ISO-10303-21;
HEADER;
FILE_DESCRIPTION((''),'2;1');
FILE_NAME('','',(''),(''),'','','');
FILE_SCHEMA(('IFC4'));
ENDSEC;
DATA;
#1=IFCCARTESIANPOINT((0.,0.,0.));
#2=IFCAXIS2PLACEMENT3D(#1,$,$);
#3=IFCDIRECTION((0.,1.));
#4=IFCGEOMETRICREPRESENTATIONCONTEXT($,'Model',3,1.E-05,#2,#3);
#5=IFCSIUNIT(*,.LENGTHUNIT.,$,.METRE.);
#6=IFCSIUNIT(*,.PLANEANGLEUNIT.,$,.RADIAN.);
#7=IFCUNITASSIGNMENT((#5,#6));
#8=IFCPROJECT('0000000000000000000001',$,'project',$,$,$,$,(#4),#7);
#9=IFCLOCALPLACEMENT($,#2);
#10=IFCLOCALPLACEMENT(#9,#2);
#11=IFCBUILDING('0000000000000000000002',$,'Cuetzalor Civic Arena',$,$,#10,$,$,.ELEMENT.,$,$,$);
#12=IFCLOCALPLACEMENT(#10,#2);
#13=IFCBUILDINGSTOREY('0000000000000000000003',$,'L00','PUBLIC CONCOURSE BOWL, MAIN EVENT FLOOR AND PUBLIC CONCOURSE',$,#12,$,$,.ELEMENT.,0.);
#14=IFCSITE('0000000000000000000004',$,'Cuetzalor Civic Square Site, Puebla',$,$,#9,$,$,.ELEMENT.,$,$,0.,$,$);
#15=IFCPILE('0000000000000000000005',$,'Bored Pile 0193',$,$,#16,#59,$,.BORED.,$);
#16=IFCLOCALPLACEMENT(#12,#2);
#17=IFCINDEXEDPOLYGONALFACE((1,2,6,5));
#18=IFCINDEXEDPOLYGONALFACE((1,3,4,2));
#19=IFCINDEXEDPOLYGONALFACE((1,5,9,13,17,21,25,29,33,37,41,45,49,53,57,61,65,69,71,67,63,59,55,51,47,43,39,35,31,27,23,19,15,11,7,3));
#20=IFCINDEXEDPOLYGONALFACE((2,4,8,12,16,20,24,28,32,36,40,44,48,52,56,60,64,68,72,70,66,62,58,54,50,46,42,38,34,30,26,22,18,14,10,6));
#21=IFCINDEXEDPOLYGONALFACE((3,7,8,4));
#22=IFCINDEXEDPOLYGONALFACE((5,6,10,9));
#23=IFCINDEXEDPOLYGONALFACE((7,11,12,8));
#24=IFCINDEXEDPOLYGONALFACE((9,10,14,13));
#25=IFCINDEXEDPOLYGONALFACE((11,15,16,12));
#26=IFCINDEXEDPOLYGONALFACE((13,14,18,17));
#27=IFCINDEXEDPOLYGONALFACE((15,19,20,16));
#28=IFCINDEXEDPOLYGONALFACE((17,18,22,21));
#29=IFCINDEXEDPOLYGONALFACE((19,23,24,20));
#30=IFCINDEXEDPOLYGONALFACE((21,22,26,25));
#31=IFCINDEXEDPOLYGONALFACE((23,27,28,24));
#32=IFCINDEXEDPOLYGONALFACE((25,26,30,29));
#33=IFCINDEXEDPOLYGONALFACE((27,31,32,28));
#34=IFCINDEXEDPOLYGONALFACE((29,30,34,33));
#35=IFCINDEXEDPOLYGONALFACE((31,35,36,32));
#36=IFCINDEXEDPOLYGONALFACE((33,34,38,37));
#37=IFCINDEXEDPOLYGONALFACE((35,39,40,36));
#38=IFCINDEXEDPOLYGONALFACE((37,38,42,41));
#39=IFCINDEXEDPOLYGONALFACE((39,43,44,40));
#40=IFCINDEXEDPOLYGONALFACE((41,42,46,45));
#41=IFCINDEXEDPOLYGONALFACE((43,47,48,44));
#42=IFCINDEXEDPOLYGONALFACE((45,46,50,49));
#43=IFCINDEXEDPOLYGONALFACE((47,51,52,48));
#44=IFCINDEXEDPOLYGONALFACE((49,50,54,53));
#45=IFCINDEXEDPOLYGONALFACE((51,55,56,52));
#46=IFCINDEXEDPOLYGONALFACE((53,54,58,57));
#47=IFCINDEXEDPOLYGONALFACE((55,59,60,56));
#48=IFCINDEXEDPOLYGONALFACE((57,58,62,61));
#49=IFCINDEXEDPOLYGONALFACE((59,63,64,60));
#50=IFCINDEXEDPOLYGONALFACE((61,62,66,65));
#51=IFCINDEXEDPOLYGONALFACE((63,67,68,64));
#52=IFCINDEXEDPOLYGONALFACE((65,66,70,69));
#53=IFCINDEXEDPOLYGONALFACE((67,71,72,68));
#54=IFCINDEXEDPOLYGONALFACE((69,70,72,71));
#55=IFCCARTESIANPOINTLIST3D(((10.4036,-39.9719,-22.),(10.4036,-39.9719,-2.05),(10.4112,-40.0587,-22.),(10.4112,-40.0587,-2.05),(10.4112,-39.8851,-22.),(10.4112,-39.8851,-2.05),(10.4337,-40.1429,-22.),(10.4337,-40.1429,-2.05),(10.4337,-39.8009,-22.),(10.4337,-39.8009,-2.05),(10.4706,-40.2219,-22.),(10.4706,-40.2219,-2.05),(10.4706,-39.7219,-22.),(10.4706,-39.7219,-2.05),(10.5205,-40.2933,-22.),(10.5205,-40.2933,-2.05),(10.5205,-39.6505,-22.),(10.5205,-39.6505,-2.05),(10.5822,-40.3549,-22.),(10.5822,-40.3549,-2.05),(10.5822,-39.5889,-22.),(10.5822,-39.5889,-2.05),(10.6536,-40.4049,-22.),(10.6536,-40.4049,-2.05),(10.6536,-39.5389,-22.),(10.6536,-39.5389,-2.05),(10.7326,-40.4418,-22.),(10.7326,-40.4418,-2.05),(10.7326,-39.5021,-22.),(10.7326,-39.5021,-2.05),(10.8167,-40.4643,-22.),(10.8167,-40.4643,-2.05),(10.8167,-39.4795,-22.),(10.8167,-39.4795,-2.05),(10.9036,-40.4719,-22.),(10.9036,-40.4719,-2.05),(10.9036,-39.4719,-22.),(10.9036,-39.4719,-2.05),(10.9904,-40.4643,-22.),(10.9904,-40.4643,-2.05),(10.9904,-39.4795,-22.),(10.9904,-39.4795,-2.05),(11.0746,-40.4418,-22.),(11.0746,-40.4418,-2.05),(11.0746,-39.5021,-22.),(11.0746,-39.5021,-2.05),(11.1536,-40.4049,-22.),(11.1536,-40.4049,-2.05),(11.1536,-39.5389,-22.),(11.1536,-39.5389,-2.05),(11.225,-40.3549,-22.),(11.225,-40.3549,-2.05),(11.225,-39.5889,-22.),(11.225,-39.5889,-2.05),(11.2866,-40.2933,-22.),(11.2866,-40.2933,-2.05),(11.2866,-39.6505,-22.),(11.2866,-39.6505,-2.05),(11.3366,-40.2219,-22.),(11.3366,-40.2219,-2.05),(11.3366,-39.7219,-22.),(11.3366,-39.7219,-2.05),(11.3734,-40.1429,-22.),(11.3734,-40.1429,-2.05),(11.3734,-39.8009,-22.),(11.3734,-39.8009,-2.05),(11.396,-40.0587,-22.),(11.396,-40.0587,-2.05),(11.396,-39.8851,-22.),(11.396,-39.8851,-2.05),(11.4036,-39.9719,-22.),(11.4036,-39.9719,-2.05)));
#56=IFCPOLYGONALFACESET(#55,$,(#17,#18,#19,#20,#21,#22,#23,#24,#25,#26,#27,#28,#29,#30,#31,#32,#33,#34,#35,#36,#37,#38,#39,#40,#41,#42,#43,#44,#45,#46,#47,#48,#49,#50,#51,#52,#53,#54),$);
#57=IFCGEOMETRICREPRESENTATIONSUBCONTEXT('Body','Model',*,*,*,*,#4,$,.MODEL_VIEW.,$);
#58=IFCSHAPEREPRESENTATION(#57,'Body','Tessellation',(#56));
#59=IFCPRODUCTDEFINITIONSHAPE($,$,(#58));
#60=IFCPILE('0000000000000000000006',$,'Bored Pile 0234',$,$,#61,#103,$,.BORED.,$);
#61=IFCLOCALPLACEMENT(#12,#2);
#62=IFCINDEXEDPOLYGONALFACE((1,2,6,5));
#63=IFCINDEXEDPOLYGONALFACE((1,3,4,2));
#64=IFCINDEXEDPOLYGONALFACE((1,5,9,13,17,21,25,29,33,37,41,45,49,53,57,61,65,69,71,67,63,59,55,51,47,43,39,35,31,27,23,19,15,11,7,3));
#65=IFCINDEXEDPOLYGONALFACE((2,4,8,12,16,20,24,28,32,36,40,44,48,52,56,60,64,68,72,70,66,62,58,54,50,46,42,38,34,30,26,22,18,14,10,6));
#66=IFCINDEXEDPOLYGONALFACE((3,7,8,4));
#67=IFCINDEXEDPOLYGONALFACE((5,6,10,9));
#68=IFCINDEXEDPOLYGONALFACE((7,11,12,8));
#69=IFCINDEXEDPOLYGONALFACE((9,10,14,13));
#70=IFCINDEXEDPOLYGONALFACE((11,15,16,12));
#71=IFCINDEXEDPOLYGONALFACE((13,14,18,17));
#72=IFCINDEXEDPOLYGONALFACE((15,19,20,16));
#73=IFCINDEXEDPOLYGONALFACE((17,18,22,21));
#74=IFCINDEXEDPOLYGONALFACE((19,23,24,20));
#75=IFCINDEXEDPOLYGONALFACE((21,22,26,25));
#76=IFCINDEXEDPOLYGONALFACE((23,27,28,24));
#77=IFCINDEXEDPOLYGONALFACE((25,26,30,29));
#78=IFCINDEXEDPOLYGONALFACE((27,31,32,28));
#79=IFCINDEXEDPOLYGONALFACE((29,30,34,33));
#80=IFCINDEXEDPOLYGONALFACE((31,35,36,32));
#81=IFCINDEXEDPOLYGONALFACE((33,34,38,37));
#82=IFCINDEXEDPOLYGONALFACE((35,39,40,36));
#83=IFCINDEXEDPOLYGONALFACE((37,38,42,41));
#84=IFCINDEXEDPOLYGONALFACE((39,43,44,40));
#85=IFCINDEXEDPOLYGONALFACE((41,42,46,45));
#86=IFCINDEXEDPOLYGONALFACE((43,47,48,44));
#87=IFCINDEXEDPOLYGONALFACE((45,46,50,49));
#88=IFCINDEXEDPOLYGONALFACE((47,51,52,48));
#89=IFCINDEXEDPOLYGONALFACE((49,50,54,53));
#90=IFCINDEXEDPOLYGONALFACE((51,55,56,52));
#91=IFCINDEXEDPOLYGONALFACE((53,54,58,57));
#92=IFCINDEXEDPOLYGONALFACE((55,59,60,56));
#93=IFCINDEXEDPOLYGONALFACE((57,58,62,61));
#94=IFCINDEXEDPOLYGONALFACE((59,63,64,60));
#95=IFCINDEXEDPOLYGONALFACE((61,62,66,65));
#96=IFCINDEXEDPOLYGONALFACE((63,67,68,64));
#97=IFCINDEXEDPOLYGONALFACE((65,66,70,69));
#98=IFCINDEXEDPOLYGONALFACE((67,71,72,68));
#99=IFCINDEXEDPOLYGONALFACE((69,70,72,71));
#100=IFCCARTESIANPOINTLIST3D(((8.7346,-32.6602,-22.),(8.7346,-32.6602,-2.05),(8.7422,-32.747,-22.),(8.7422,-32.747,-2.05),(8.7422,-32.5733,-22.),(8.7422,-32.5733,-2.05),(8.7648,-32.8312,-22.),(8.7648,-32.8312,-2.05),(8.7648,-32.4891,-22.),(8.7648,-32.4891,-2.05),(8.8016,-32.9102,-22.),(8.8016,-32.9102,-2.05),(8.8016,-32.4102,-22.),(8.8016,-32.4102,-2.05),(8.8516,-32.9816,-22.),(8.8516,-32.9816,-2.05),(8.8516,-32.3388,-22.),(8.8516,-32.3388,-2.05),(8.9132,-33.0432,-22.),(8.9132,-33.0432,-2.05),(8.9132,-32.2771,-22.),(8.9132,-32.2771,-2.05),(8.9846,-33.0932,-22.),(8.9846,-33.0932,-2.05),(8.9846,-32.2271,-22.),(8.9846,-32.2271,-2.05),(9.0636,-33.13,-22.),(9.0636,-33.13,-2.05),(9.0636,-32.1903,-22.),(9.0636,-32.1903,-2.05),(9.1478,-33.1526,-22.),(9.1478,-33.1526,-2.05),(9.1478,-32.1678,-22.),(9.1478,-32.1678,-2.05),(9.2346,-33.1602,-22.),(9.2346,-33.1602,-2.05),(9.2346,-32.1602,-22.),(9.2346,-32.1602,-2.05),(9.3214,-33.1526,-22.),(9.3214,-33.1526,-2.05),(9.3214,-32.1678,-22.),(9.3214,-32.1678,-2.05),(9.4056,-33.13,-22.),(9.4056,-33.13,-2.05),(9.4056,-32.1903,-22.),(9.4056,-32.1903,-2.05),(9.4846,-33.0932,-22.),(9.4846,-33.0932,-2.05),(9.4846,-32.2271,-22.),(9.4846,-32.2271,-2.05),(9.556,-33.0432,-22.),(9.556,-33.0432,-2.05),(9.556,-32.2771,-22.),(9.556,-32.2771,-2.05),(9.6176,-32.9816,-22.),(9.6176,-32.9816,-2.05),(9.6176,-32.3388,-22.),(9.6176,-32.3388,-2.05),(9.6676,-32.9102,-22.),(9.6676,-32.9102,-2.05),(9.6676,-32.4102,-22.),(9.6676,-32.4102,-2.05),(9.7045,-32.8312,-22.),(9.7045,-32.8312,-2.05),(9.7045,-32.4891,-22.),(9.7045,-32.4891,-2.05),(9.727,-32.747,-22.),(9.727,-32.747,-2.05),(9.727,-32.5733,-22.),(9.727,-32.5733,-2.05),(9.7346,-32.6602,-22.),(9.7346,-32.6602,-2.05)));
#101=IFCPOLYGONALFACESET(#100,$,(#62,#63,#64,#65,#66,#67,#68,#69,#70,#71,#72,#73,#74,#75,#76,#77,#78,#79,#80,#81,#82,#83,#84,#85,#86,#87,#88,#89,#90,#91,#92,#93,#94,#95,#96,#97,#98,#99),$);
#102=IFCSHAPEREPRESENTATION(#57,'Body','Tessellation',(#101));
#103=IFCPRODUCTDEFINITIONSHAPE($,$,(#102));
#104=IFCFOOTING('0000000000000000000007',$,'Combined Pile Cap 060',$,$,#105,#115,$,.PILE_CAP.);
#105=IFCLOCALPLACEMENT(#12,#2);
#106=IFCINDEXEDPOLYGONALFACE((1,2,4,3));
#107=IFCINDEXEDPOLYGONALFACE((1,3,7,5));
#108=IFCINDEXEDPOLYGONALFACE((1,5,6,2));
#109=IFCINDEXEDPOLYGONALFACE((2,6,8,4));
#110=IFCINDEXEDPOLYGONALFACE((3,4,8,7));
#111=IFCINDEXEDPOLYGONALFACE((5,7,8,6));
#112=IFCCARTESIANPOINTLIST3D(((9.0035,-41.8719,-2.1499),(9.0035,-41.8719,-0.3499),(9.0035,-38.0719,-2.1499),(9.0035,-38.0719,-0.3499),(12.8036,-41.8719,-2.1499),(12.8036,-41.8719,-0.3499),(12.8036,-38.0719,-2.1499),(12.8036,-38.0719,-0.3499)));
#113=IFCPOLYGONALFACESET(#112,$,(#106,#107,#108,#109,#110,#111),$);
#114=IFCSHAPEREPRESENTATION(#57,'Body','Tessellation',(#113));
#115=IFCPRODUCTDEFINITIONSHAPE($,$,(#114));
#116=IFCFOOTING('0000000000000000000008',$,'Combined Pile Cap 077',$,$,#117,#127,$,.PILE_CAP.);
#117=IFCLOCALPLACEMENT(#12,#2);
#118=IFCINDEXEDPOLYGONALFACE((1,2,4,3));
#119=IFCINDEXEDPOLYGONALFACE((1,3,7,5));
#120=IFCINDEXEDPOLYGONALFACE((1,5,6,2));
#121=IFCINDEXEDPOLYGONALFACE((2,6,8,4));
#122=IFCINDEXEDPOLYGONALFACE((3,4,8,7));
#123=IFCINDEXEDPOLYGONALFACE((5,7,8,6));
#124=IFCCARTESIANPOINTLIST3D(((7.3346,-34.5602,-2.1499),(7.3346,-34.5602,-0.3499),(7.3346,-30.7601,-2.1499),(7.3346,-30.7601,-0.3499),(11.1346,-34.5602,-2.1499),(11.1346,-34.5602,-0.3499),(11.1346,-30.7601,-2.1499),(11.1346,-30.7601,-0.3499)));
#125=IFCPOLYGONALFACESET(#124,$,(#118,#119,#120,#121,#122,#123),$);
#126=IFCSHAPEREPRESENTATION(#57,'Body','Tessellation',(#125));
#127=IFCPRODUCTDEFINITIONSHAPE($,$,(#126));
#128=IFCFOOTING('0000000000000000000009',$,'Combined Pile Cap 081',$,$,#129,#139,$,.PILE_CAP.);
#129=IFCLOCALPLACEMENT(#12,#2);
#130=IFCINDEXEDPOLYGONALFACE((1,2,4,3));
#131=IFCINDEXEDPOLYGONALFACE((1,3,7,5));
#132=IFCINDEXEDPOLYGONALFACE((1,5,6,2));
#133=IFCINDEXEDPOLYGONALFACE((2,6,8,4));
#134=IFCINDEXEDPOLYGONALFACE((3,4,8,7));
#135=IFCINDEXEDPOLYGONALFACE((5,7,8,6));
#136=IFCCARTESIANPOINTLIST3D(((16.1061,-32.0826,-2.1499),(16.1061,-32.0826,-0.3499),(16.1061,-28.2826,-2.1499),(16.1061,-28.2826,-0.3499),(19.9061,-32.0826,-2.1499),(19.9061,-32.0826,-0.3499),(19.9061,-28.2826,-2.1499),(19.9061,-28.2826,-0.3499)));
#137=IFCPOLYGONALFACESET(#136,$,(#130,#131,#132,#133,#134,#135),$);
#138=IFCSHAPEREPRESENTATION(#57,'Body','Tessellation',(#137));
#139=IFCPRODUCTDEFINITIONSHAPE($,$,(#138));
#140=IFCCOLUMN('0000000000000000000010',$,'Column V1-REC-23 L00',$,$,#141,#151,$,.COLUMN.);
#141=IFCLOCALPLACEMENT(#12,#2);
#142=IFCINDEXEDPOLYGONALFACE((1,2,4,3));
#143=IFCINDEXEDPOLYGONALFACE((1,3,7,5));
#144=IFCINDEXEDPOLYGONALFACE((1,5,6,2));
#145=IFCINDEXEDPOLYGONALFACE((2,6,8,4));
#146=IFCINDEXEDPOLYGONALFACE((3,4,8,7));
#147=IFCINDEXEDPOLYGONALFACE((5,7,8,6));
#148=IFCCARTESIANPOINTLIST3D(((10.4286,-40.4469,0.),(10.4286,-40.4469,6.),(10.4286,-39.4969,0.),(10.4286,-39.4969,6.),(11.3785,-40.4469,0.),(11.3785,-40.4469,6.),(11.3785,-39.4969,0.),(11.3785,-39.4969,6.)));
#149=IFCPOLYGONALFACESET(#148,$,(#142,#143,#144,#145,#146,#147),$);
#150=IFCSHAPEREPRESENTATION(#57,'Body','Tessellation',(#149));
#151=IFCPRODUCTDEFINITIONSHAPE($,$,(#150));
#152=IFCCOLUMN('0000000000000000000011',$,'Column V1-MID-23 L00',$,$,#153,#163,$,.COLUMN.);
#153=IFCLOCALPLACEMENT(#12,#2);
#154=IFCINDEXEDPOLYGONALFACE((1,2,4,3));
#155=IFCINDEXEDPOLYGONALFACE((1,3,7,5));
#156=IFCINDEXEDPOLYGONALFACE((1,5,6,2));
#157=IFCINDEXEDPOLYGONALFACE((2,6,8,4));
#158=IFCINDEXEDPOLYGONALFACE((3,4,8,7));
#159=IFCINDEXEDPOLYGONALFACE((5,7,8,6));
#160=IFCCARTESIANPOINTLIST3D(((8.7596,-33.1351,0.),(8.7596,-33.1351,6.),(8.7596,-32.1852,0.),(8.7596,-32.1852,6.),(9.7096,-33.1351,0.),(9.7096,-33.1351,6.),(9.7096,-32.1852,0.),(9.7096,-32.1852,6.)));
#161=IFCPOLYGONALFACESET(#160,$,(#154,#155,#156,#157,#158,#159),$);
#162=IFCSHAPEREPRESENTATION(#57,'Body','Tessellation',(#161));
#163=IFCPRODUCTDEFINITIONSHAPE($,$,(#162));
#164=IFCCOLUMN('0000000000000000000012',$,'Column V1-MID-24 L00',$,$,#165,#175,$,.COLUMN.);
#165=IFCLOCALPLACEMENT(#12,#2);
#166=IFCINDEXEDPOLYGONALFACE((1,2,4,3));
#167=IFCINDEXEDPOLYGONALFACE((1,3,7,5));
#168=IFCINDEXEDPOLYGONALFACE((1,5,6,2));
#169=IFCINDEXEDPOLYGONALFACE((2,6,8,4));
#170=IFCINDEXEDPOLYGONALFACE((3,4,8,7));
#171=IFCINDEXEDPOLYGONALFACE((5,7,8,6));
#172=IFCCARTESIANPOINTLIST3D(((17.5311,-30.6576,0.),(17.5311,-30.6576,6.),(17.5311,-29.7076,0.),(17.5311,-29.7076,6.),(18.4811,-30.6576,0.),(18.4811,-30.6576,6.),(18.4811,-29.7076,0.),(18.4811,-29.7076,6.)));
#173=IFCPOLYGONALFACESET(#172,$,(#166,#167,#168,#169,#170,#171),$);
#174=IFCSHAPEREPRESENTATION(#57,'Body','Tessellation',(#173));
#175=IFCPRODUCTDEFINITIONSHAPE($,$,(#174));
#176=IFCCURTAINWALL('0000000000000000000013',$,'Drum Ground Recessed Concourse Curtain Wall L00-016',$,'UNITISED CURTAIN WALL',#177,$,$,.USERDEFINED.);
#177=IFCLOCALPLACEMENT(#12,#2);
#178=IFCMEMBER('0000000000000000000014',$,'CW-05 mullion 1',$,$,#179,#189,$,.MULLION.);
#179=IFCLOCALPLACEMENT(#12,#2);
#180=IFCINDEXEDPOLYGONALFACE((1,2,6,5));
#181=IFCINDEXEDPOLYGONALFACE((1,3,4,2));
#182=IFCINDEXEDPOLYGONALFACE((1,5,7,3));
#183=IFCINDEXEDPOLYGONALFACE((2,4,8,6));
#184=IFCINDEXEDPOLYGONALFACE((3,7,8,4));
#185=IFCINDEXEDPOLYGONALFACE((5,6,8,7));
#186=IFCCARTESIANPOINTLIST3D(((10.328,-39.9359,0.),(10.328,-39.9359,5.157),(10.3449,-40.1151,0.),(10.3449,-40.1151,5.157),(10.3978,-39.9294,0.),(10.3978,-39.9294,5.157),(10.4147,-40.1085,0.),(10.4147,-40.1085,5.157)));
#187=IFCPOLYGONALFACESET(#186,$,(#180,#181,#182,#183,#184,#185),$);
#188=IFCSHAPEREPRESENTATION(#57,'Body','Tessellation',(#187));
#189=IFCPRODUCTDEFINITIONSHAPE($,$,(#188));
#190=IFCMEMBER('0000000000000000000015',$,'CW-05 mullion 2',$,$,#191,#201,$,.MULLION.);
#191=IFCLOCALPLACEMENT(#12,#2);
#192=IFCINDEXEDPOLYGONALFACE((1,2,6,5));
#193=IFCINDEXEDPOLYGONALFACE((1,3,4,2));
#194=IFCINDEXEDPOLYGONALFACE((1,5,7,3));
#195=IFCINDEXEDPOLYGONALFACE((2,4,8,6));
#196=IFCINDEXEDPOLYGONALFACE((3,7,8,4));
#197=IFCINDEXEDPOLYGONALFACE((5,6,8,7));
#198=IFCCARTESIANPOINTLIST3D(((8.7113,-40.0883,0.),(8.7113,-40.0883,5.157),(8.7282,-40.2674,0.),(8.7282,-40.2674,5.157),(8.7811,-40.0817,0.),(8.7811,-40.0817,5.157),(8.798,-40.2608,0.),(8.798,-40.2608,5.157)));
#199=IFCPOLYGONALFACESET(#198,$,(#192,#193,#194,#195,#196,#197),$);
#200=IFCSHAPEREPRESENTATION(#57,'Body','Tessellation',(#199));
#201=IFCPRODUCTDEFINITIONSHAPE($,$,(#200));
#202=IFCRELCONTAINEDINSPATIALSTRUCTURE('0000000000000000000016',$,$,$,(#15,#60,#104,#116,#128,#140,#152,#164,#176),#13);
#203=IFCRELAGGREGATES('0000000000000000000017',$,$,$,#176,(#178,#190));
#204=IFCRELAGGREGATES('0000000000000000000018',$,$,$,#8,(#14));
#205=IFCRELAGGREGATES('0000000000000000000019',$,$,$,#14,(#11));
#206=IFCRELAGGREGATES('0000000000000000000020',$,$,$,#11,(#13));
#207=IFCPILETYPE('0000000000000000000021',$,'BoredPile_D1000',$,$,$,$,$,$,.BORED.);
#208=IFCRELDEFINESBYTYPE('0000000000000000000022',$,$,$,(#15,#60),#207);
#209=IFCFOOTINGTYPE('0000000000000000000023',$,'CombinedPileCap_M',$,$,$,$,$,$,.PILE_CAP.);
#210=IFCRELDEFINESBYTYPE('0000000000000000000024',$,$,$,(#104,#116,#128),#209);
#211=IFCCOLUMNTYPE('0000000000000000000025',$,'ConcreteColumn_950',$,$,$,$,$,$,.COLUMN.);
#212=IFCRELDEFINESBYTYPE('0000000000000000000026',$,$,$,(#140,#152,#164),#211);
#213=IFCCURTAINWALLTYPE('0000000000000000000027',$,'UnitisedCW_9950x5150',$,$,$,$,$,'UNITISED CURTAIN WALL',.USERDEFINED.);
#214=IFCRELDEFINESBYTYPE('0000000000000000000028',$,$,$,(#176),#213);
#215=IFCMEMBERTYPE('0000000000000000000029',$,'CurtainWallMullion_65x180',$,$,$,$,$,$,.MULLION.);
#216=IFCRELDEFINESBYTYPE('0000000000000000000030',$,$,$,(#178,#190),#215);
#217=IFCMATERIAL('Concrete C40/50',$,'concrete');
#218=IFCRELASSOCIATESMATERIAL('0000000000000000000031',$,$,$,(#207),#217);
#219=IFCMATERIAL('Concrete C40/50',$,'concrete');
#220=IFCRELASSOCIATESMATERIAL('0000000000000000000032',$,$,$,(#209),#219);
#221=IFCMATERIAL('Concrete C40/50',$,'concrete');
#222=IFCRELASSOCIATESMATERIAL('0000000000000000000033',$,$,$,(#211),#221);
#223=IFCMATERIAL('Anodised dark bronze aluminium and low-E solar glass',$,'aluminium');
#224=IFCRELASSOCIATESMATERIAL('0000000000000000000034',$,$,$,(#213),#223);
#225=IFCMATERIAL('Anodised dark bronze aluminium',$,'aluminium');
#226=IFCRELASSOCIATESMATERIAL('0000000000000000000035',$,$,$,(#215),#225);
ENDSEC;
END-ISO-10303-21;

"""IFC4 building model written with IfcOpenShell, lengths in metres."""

from ifc_helpers import new_model, si_unit, direction, frame, origin, origin_2d, place, context, subcontext, project, spatial, rectangle, circle, extrude, material, material_profile, profile_set, type_object, element, aggregate, save


model = new_model("IFC4")

# Units and contexts
model_context = context("Model", 3, precision=1e-05, world=origin(), true_north=direction((0.0, 1.0)))
body_context = subcontext(model_context, "Body", "Model", "MODEL_VIEW")
ifc_project = project(units=[si_unit("LENGTHUNIT", "METRE"), si_unit("PLANEANGLEUNIT", "RADIAN")], contexts=[model_context])

# Site, building, storey
site_placement = place(None, origin())
site = spatial("IfcSite", under=ifc_project, at=site_placement, Name="Cuetzalor Civic Square Site, Puebla", CompositionType="ELEMENT", RefElevation=0.0)
building_placement = place(site_placement, origin())
building = spatial("IfcBuilding", under=site, at=building_placement, Name="Cuetzalor Civic Arena", CompositionType="ELEMENT")
storey_placement = place(building_placement, origin())
storey = spatial("IfcBuildingStorey", under=building, at=storey_placement, Name="L00", Description="PUBLIC CONCOURSE BOWL, MAIN EVENT FLOOR AND PUBLIC CONCOURSE", CompositionType="ELEMENT", Elevation=0.0)

# Piles
ifc_material_1 = material(Name="Concrete C40/50", Category="concrete")
ifc_material_profile_1 = material_profile(ifc_material_1, circle(Radius=0.5, at=origin_2d()), Name="BORED PILE D1000")
ifc_profile_set_1 = profile_set([ifc_material_profile_1], Name="Concrete C40/50")
pile_type = type_object("IfcPileType", Name="BoredPile_D1000", PredefinedType="BORED", material=ifc_profile_set_1)
for number, where, z_axis, x_axis, name in (
    (1, (10.9036, -39.9719, -2.05), (0.0, 0.0, -1.0), (1.0, 0.0, 0.0), "Bored Pile 0193"),
    (2, (9.2346, -32.6602, -2.05), (0.0, 0.0, -1.0), (1.0, 0.0, 0.0), "Bored Pile 0234"),
):
    element("IfcPile", number, at=place(storey_placement, frame(where, z_axis=z_axis, x_axis=x_axis)), inside=storey, type_object=pile_type, Name=name, PredefinedType="BORED", context=body_context, shape_type="SweptSolid", body=[
        extrude(circle(Radius=0.5, at=origin_2d()), origin(), (0.0, 0.0, 1.0), 19.95),
    ])

# Footings
ifc_material_2 = material(Name="Concrete C40/50", Category="concrete")
footing_type = type_object("IfcFootingType", Name="CombinedPileCap_M", PredefinedType="PILE_CAP", material=ifc_material_2)
for number, where, z_axis, x_axis, name in (
    (3, (10.9036, -39.9719, -2.1499), (0.0, 0.0, 1.0), (1.0, 0.0, 0.0), "Combined Pile Cap 060"),
    (4, (9.2346, -32.6602, -2.1499), (0.0, 0.0, 1.0), (1.0, 0.0, 0.0), "Combined Pile Cap 077"),
    (5, (18.0061, -30.1826, -2.1499), (0.0, 0.0, 1.0), (1.0, 0.0, 0.0), "Combined Pile Cap 081"),
):
    element("IfcFooting", number, at=place(storey_placement, frame(where, z_axis=z_axis, x_axis=x_axis)), inside=storey, type_object=footing_type, Name=name, PredefinedType="PILE_CAP", context=body_context, shape_type="SweptSolid", body=[
        extrude(rectangle(XDim=3.8, YDim=3.8, at=origin_2d()), origin(), (0.0, 0.0, 1.0), 1.8),
    ])

# Columns
ifc_material_3 = material(Name="Concrete C40/50", Category="concrete")
ifc_material_profile_2 = material_profile(ifc_material_3, rectangle(XDim=0.95, YDim=0.95, at=origin_2d()), Name="RC 950x950")
ifc_profile_set_2 = profile_set([ifc_material_profile_2], Name="Concrete C40/50")
column_type = type_object("IfcColumnType", Name="ConcreteColumn_950", PredefinedType="COLUMN", material=ifc_profile_set_2)
for number, where, z_axis, x_axis, name in (
    (6, (10.9036, -39.9719, 0.0), (0.0, 0.0, 1.0), (1.0, 0.0, 0.0), "Column V1-REC-23 L00"),
    (7, (9.2346, -32.6602, 0.0), (0.0, 0.0, 1.0), (1.0, 0.0, 0.0), "Column V1-MID-23 L00"),
    (8, (18.0061, -30.1826, 0.0), (0.0, 0.0, 1.0), (1.0, 0.0, 0.0), "Column V1-MID-24 L00"),
):
    element("IfcColumn", number, at=place(storey_placement, frame(where, z_axis=z_axis, x_axis=x_axis)), inside=storey, type_object=column_type, Name=name, PredefinedType="COLUMN", context=body_context, shape_type="SweptSolid", body=[
        extrude(rectangle(XDim=0.95, YDim=0.95, at=origin_2d()), origin(), (0.0, 0.0, 1.0), 6.0),
    ])

# Curtain wall, members
ifc_material_4 = material(Name="Anodised dark bronze aluminium and low-E solar glass", Category="aluminium")
curtain_wall_type = type_object("IfcCurtainWallType", Name="UnitisedCW_9950x5150", ElementType="UNITISED CURTAIN WALL", PredefinedType="USERDEFINED", material=ifc_material_4)
curtain_wall_placement = place(storey_placement, origin())
curtain_wall = element("IfcCurtainWall", 9, at=curtain_wall_placement, inside=storey, type_object=curtain_wall_type, Name="Drum Ground Recessed Concourse Curtain Wall L00-016", ObjectType="UNITISED CURTAIN WALL", PredefinedType="USERDEFINED")
ifc_material_5 = material(Name="Anodised dark bronze aluminium", Category="aluminium")
ifc_material_profile_3 = material_profile(ifc_material_5, rectangle(XDim=0.0701, YDim=0.1799, at=origin_2d()), Name="ALU MULLION 70x180")
ifc_profile_set_3 = profile_set([ifc_material_profile_3], Name="Anodised dark bronze aluminium")
member_type_1 = type_object("IfcMemberType", Name="CurtainWallMullion_65x180", PredefinedType="MULLION", material=ifc_profile_set_3)
member_1_placement = place(storey_placement, frame((10.3713, -40.0222, 0.0), z_axis=(0.0, 0.0, 1.0), x_axis=(-0.995585, -0.093863, 0.0)))
member_1 = element("IfcMember", 10, at=member_1_placement, type_object=member_type_1, Name="CW-05 mullion 1", PredefinedType="MULLION", context=body_context, shape_type="SweptSolid", body=[
    extrude(rectangle(XDim=0.0701, YDim=0.1799, at=origin_2d()), origin(), (0.0, 0.0, 1.0), 5.157),
])
member_2_placement = place(storey_placement, frame((8.7546, -40.1746, 0.0), z_axis=(0.0, 0.0, 1.0), x_axis=(-0.995585, -0.093863, 0.0)))
member_2 = element("IfcMember", 11, at=member_2_placement, type_object=member_type_1, Name="CW-05 mullion 2", PredefinedType="MULLION", context=body_context, shape_type="SweptSolid", body=[
    extrude(rectangle(XDim=0.0701, YDim=0.1799, at=origin_2d()), origin(), (0.0, 0.0, 1.0), 5.157),
])

aggregate(curtain_wall, [member_1, member_2])

save(model, "model.ifc")
